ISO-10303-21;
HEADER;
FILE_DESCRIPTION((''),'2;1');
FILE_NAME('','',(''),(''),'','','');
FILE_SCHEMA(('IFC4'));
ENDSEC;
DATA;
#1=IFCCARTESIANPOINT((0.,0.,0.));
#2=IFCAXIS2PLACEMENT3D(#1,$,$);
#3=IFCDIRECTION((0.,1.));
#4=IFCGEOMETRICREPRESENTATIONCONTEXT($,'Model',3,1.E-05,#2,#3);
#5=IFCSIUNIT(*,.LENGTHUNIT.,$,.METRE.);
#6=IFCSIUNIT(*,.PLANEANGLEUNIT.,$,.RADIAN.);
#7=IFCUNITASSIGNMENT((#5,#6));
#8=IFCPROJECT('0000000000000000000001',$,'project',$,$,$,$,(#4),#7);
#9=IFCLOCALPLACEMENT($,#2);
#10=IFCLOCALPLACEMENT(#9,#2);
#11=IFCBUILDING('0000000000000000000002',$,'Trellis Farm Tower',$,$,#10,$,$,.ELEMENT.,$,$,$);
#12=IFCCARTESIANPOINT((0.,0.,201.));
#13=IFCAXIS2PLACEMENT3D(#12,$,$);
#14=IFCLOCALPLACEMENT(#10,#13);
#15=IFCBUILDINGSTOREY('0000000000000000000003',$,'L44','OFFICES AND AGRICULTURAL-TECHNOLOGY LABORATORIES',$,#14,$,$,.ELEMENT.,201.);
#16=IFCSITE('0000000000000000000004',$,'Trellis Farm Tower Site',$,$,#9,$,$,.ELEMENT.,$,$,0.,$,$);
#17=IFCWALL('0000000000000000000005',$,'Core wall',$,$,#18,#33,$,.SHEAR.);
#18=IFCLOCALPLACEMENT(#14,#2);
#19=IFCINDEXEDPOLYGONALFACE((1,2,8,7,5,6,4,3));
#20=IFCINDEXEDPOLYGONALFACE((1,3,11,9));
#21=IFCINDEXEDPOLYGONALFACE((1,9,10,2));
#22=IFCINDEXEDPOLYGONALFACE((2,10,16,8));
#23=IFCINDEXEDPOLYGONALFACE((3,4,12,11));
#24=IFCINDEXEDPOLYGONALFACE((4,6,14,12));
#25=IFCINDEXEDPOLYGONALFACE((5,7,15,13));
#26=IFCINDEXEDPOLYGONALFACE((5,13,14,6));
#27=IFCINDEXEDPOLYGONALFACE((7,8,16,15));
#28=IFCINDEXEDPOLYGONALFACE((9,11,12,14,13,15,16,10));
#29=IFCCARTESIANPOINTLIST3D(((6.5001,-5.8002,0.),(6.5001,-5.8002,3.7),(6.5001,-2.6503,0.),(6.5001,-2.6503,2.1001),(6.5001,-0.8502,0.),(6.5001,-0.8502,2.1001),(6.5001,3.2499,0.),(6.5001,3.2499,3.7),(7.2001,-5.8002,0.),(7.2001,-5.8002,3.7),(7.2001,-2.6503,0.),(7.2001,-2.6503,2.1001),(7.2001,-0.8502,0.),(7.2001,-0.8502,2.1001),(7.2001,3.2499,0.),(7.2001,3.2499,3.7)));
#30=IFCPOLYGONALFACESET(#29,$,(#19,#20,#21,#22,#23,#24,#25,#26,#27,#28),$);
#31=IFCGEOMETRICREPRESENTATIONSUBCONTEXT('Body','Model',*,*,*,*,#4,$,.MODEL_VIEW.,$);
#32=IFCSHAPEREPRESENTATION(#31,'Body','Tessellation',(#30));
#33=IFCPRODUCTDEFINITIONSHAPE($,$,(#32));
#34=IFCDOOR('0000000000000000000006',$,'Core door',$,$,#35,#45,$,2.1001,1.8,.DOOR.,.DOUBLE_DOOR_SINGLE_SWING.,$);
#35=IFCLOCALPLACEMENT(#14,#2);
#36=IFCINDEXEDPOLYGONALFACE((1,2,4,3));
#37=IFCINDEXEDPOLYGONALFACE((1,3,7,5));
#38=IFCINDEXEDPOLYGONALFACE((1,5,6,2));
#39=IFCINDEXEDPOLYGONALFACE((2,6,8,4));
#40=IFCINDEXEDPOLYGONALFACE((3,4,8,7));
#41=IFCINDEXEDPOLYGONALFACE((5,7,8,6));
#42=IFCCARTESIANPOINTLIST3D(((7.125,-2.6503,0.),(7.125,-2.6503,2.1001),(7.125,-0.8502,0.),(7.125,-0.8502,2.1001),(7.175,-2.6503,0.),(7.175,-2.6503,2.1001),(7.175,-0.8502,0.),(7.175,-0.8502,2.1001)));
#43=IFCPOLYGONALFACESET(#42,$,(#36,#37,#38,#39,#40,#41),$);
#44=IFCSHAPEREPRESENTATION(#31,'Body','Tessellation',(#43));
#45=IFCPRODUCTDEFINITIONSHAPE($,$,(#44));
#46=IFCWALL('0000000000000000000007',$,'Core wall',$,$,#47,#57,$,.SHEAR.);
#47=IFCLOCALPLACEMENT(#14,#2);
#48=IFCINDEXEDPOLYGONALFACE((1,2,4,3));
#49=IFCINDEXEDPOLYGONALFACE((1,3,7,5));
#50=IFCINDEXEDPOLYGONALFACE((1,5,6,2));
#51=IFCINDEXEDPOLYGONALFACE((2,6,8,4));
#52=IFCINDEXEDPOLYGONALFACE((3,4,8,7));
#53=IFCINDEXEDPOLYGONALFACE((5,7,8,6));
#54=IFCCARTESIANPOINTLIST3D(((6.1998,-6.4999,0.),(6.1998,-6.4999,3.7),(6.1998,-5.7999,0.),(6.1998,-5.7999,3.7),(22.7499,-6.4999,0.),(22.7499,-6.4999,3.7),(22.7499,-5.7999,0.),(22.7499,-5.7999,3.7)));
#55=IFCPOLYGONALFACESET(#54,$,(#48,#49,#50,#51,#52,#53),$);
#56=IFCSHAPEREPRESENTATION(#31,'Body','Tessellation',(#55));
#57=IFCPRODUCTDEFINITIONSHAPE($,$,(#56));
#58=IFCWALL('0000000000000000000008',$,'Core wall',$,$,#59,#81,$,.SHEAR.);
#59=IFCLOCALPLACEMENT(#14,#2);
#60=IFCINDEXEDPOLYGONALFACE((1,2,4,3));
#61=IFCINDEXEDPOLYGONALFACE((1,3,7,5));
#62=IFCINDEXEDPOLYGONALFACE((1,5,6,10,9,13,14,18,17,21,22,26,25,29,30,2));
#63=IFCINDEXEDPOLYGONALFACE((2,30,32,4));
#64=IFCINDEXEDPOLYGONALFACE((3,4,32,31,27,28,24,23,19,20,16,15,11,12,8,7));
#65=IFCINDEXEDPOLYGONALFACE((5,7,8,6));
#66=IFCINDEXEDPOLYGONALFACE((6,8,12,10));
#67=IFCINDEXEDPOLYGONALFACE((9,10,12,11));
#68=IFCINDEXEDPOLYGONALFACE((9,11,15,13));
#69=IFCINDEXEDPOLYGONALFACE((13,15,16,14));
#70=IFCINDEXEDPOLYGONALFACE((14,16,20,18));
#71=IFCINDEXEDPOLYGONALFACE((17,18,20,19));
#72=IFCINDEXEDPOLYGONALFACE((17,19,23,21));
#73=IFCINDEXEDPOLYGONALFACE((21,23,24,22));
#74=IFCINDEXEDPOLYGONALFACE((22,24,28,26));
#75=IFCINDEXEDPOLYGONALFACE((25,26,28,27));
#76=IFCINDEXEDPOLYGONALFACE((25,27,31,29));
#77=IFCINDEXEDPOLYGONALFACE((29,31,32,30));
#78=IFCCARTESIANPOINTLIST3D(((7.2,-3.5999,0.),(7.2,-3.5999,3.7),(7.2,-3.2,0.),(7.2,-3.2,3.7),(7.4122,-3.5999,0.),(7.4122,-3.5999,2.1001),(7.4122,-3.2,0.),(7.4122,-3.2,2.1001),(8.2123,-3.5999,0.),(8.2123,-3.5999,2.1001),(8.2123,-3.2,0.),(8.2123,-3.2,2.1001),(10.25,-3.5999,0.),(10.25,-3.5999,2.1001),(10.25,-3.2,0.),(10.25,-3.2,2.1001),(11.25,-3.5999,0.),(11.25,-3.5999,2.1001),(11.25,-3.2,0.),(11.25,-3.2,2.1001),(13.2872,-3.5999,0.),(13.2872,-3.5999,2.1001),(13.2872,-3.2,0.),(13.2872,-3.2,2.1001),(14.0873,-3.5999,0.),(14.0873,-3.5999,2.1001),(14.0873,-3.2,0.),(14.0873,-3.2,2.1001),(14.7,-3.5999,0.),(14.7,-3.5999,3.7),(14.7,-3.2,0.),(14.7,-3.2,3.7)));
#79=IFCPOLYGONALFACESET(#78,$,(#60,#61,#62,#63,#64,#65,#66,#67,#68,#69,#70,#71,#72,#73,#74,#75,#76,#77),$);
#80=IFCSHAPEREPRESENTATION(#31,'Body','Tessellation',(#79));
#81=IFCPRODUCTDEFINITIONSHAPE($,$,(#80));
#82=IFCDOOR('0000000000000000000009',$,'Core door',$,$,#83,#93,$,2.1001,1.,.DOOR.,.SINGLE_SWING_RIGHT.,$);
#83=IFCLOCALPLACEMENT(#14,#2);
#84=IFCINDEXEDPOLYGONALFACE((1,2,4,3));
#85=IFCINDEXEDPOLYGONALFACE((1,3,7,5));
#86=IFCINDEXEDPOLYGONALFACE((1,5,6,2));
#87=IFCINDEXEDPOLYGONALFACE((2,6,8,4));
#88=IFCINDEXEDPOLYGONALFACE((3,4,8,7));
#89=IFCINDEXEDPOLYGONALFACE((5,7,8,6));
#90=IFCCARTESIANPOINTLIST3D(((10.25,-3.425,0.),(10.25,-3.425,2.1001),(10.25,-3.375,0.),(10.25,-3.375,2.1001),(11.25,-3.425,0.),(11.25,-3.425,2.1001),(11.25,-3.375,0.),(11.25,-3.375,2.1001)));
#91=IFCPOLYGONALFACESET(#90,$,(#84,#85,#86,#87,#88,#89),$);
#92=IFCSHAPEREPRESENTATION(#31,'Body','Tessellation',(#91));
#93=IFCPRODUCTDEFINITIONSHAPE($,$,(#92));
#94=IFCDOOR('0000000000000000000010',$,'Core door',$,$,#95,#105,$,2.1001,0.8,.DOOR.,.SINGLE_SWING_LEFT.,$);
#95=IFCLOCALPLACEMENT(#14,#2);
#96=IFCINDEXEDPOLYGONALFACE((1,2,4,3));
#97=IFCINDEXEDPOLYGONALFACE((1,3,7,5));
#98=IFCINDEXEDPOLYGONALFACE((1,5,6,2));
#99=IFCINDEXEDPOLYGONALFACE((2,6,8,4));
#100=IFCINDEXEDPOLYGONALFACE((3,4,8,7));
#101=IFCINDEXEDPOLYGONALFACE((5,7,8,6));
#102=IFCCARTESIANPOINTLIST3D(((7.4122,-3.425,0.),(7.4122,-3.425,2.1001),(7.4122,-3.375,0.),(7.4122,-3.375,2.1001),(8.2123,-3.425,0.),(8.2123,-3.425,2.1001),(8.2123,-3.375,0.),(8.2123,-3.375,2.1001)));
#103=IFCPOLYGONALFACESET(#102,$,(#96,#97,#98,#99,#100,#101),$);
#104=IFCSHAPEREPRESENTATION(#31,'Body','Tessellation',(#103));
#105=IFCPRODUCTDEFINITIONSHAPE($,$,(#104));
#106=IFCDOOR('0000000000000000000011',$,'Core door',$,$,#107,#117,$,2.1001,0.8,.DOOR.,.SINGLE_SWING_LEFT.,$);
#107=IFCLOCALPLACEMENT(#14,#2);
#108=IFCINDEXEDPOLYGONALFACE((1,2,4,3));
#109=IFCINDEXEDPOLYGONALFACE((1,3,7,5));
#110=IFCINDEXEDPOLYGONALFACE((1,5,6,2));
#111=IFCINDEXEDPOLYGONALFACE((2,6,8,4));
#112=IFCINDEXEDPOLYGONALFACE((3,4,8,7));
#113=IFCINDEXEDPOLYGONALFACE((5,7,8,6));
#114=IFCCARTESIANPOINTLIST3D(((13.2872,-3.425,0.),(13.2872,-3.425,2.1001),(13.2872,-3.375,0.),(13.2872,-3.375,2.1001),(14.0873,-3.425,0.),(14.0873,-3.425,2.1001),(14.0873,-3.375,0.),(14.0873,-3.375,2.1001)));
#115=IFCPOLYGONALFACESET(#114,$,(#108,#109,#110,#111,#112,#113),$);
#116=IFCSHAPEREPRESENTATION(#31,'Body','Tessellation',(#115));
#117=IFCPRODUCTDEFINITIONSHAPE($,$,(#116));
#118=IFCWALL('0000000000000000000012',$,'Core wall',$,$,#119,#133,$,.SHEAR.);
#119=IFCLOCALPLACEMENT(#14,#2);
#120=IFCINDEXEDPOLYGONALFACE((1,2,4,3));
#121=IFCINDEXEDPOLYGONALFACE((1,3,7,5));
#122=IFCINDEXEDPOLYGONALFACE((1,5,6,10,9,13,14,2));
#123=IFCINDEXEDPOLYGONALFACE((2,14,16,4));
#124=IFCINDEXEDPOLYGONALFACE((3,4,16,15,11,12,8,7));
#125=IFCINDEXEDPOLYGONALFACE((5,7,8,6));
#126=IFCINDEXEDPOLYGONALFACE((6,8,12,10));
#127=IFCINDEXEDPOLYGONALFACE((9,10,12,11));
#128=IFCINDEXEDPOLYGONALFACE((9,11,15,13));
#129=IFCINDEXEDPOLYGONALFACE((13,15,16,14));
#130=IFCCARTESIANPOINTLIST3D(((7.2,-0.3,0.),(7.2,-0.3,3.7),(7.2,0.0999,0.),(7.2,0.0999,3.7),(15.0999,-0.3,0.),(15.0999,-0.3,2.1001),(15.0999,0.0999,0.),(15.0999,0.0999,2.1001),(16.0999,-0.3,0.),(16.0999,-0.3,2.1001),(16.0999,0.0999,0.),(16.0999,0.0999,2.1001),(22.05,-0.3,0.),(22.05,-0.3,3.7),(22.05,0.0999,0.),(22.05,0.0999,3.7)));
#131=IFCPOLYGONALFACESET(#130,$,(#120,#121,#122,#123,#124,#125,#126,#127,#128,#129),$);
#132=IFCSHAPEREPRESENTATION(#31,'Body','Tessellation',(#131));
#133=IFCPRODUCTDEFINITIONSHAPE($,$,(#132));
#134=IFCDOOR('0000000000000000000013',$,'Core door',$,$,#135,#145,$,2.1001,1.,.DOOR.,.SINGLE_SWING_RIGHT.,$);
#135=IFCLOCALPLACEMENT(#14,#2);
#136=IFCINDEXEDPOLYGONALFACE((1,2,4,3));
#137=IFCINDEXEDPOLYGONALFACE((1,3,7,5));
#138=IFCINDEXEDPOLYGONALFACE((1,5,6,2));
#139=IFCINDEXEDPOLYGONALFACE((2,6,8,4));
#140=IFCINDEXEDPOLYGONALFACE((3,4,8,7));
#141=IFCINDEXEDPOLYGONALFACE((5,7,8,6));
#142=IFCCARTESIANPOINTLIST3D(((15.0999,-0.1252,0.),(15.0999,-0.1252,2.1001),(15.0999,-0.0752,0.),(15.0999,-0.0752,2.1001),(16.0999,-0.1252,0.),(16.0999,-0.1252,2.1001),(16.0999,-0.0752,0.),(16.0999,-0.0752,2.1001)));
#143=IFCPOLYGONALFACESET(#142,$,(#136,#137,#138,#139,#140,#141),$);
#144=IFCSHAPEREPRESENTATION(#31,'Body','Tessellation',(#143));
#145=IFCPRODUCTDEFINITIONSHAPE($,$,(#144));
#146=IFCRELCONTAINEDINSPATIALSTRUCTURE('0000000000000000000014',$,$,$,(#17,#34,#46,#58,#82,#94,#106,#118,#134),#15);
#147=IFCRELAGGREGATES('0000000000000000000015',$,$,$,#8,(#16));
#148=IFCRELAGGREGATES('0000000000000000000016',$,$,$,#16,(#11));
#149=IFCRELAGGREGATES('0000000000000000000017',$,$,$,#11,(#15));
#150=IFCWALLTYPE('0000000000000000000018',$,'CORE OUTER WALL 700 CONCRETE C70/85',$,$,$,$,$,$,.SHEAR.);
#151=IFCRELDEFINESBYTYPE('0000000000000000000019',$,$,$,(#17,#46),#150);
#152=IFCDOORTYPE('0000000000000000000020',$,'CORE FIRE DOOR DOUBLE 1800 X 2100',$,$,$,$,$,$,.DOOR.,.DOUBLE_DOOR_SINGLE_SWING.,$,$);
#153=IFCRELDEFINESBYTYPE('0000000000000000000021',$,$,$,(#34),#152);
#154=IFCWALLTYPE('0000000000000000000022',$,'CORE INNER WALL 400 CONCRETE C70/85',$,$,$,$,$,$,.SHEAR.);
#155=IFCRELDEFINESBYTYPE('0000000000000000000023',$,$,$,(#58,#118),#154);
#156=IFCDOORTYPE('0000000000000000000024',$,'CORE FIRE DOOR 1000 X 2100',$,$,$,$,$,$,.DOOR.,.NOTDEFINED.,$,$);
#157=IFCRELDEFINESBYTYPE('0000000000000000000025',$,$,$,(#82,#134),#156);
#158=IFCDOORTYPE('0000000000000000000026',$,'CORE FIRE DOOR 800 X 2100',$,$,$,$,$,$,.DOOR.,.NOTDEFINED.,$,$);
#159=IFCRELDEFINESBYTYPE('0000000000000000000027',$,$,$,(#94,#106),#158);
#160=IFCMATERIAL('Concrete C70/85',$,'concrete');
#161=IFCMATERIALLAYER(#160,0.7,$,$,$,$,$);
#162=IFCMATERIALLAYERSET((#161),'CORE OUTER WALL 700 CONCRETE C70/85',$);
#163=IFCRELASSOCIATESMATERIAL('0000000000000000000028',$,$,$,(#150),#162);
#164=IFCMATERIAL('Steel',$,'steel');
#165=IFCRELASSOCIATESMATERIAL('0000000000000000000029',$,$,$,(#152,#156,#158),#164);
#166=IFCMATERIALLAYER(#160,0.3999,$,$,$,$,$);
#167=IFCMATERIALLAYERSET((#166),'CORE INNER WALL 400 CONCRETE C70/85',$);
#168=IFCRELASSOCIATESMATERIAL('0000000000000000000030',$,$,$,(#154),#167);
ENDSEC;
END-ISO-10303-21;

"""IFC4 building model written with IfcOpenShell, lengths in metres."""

from ifc_helpers import new_model, si_unit, direction, frame, frame_2d, origin, place, context, subcontext, project, spatial, rectangle, extrude, source, transform, mapped, material, layer, layer_set, type_object, element, fill, save


model = new_model("IFC4")

# Units and contexts
model_context = context("Model", 3, precision=1e-05, world=origin(), true_north=direction((0.0, 1.0)))
body_context = subcontext(model_context, "Body", "Model", "MODEL_VIEW")
ifc_project = project(units=[si_unit("LENGTHUNIT", "METRE"), si_unit("PLANEANGLEUNIT", "RADIAN")], contexts=[model_context])

# Site, building, storey
site_placement = place(None, origin())
site = spatial("IfcSite", under=ifc_project, at=site_placement, Name="Trellis Farm Tower Site", CompositionType="ELEMENT", RefElevation=0.0)
building_placement = place(site_placement, origin())
building = spatial("IfcBuilding", under=site, at=building_placement, Name="Trellis Farm Tower", CompositionType="ELEMENT")
storey_placement = place(building_placement, frame((0.0, 0.0, 201.0)))
storey = spatial("IfcBuildingStorey", under=building, at=storey_placement, Name="L44", Description="OFFICES AND AGRICULTURAL-TECHNOLOGY LABORATORIES", CompositionType="ELEMENT", Elevation=201.0)

# Shared definitions
ifc_material_1 = material(Name="Concrete C70/85", Category="concrete")

# Wall, opening, door
ifc_layer_1 = layer(ifc_material_1, 0.7)
ifc_layer_set_1 = layer_set([ifc_layer_1], Name="CORE OUTER WALL 700 CONCRETE C70/85")
wall_type_1 = type_object("IfcWallType", Name="CORE OUTER WALL 700 CONCRETE C70/85", PredefinedType="SHEAR", material=ifc_layer_set_1)
shared_shape_1 = source(origin(), body_context, "Body", "SweptSolid", [
    extrude(rectangle(XDim=9.05, YDim=0.7, at=frame_2d((4.5249, 0.0))), origin(), (0.0, 0.0, 1.0), 3.7),
])
wall_1_placement = place(storey_placement, frame((6.8501, -5.8, 0.0), z_axis=(0.0, 0.0, 1.0), x_axis=(0.0, 1.0, 0.0)))
wall_1 = element("IfcWall", 1, at=wall_1_placement, inside=storey, type_object=wall_type_1, Name="Core wall", PredefinedType="SHEAR", context=body_context, shape_type="MappedRepresentation", body=[
    mapped(shared_shape_1, transform((0.0, 0.0, 0.0))),
])
shared_shape_2 = source(origin(), body_context, "Body", "SweptSolid", [
    extrude(rectangle(XDim=1.8, YDim=2.1001, at=frame_2d((0.8999, 1.05))), frame((0.0, 0.3601, 0.0), z_axis=(0.0, -1.0, 0.0), x_axis=(1.0, 0.0, 0.0)), (0.0, 0.0, 1.0), 0.7202),
])
opening_1_placement = place(wall_1_placement, frame((3.1499, 0.0, 0.0)))
opening_1 = element("IfcOpeningElement", 2, at=opening_1_placement, cuts=wall_1, PredefinedType="OPENING", context=body_context, shape_type="MappedRepresentation", body=[
    mapped(shared_shape_2, transform((0.0, 0.0, 0.0))),
])
ifc_material_2 = material(Name="Steel", Category="steel")
door_type_1 = type_object("IfcDoorType", Name="CORE FIRE DOOR DOUBLE 1800 X 2100", OperationType="DOUBLE_DOOR_SINGLE_SWING", PredefinedType="DOOR", material=ifc_material_2)
shared_shape_3 = source(origin(), body_context, "Body", "SweptSolid", [
    extrude(rectangle(XDim=1.8, YDim=2.1001, at=frame_2d((0.8999, 1.05))), frame((0.0, -0.2749, 0.0), z_axis=(0.0, -1.0, 0.0), x_axis=(1.0, 0.0, 0.0)), (0.0, 0.0, 1.0), 0.05),
])
door_1_placement = place(opening_1_placement, origin())
door_1 = element("IfcDoor", 3, at=door_1_placement, inside=storey, type_object=door_type_1, Name="Core door", OperationType="DOUBLE_DOOR_SINGLE_SWING", OverallHeight=2.1001, OverallWidth=1.8, PredefinedType="DOOR", context=body_context, shape_type="MappedRepresentation", body=[
    mapped(shared_shape_3, transform((0.0, 0.0, 0.0))),
])
fill(opening_1, door_1)

# Wall
shared_shape_4 = source(origin(), body_context, "Body", "SweptSolid", [
    extrude(rectangle(XDim=16.55, YDim=0.7, at=frame_2d((8.2749, 0.0))), origin(), (0.0, 0.0, 1.0), 3.7),
])
wall_2_placement = place(storey_placement, frame((6.2, -6.1499, 0.0), z_axis=(0.0, 0.0, 1.0), x_axis=(1.0, 0.0, 0.0)))
element("IfcWall", 4, at=wall_2_placement, inside=storey, type_object=wall_type_1, Name="Core wall", PredefinedType="SHEAR", context=body_context, shape_type="MappedRepresentation", body=[
    mapped(shared_shape_4, transform((0.0, 0.0, 0.0))),
])

# Wall, openings, doors
ifc_layer_2 = layer(ifc_material_1, 0.3999)
ifc_layer_set_2 = layer_set([ifc_layer_2], Name="CORE INNER WALL 400 CONCRETE C70/85")
wall_type_2 = type_object("IfcWallType", Name="CORE INNER WALL 400 CONCRETE C70/85", PredefinedType="SHEAR", material=ifc_layer_set_2)
shared_shape_5 = source(origin(), body_context, "Body", "SweptSolid", [
    extrude(rectangle(XDim=7.5, YDim=0.3999, at=frame_2d((3.75, 0.0))), origin(), (0.0, 0.0, 1.0), 3.7),
])
wall_3_placement = place(storey_placement, frame((7.2, -3.3999, 0.0), z_axis=(0.0, 0.0, 1.0), x_axis=(1.0, 0.0, 0.0)))
wall_3 = element("IfcWall", 5, at=wall_3_placement, inside=storey, type_object=wall_type_2, Name="Core wall", PredefinedType="SHEAR", context=body_context, shape_type="MappedRepresentation", body=[
    mapped(shared_shape_5, transform((0.0, 0.0, 0.0))),
])
shared_shape_6 = source(origin(), body_context, "Body", "SweptSolid", [
    extrude(rectangle(XDim=0.8, YDim=2.1001, at=frame_2d((0.3999, 1.05))), frame((0.0, 0.21, 0.0), z_axis=(0.0, -1.0, 0.0), x_axis=(1.0, 0.0, 0.0)), (0.0, 0.0, 1.0), 0.4199),
])
opening_2_placement = place(wall_3_placement, frame((0.2124, 0.0, 0.0)))
opening_2 = element("IfcOpeningElement", 6, at=opening_2_placement, cuts=wall_3, PredefinedType="OPENING", context=body_context, shape_type="MappedRepresentation", body=[
    mapped(shared_shape_6, transform((0.0, 0.0, 0.0))),
])
shared_shape_7 = source(origin(), body_context, "Body", "SweptSolid", [
    extrude(rectangle(XDim=1.0, YDim=2.1001, at=frame_2d((0.5, 1.05))), frame((0.0, 0.21, 0.0), z_axis=(0.0, -1.0, 0.0), x_axis=(1.0, 0.0, 0.0)), (0.0, 0.0, 1.0), 0.4199),
])
opening_3_placement = place(wall_3_placement, frame((3.05, 0.0, 0.0)))
opening_3 = element("IfcOpeningElement", 7, at=opening_3_placement, cuts=wall_3, PredefinedType="OPENING", context=body_context, shape_type="MappedRepresentation", body=[
    mapped(shared_shape_7, transform((0.0, 0.0, 0.0))),
])
opening_4_placement = place(wall_3_placement, frame((6.0874, 0.0, 0.0)))
opening_4 = element("IfcOpeningElement", 8, at=opening_4_placement, cuts=wall_3, PredefinedType="OPENING", context=body_context, shape_type="MappedRepresentation", body=[
    mapped(shared_shape_6, transform((0.0, 0.0, 0.0))),
])
door_type_2 = type_object("IfcDoorType", Name="CORE FIRE DOOR 1000 X 2100", OperationType="NOTDEFINED", PredefinedType="DOOR", material=ifc_material_2)
shared_shape_8 = source(origin(), body_context, "Body", "SweptSolid", [
    extrude(rectangle(XDim=1.0, YDim=2.1001, at=frame_2d((0.5, 1.05))), frame((0.0, 0.0249, 0.0), z_axis=(0.0, -1.0, 0.0), x_axis=(1.0, 0.0, 0.0)), (0.0, 0.0, 1.0), 0.05),
])
door_2_placement = place(opening_3_placement, origin())
door_2 = element("IfcDoor", 9, at=door_2_placement, inside=storey, type_object=door_type_2, Name="Core door", OperationType="SINGLE_SWING_RIGHT", OverallHeight=2.1001, OverallWidth=1.0, PredefinedType="DOOR", context=body_context, shape_type="MappedRepresentation", body=[
    mapped(shared_shape_8, transform((0.0, 0.0, 0.0))),
])
fill(opening_3, door_2)
door_type_3 = type_object("IfcDoorType", Name="CORE FIRE DOOR 800 X 2100", OperationType="NOTDEFINED", PredefinedType="DOOR", material=ifc_material_2)
shared_shape_9 = source(origin(), body_context, "Body", "SweptSolid", [
    extrude(rectangle(XDim=0.8, YDim=2.1001, at=frame_2d((0.3999, 1.05))), frame((0.0, 0.0249, 0.0), z_axis=(0.0, -1.0, 0.0), x_axis=(1.0, 0.0, 0.0)), (0.0, 0.0, 1.0), 0.05),
])
door_3_placement = place(opening_2_placement, origin())
door_3 = element("IfcDoor", 10, at=door_3_placement, inside=storey, type_object=door_type_3, Name="Core door", OperationType="SINGLE_SWING_LEFT", OverallHeight=2.1001, OverallWidth=0.8, PredefinedType="DOOR", context=body_context, shape_type="MappedRepresentation", body=[
    mapped(shared_shape_9, transform((0.0, 0.0, 0.0))),
])
fill(opening_2, door_3)
door_4_placement = place(opening_4_placement, origin())
door_4 = element("IfcDoor", 11, at=door_4_placement, inside=storey, type_object=door_type_3, Name="Core door", OperationType="SINGLE_SWING_LEFT", OverallHeight=2.1001, OverallWidth=0.8, PredefinedType="DOOR", context=body_context, shape_type="MappedRepresentation", body=[
    mapped(shared_shape_9, transform((0.0, 0.0, 0.0))),
])
fill(opening_4, door_4)

# Wall, opening, door
shared_shape_10 = source(origin(), body_context, "Body", "SweptSolid", [
    extrude(rectangle(XDim=14.8501, YDim=0.3999, at=frame_2d((7.425, 0.0))), origin(), (0.0, 0.0, 1.0), 3.7),
])
wall_4_placement = place(storey_placement, frame((7.2, -0.1001, 0.0), z_axis=(0.0, 0.0, 1.0), x_axis=(1.0, 0.0, 0.0)))
wall_4 = element("IfcWall", 12, at=wall_4_placement, inside=storey, type_object=wall_type_2, Name="Core wall", PredefinedType="SHEAR", context=body_context, shape_type="MappedRepresentation", body=[
    mapped(shared_shape_10, transform((0.0, 0.0, 0.0))),
])
opening_5_placement = place(wall_4_placement, frame((7.8999, 0.0, 0.0)))
opening_5 = element("IfcOpeningElement", 13, at=opening_5_placement, cuts=wall_4, PredefinedType="OPENING", context=body_context, shape_type="MappedRepresentation", body=[
    mapped(shared_shape_7, transform((0.0, 0.0, 0.0))),
])
door_5_placement = place(opening_5_placement, origin())
door_5 = element("IfcDoor", 14, at=door_5_placement, inside=storey, type_object=door_type_2, Name="Core door", OperationType="SINGLE_SWING_RIGHT", OverallHeight=2.1001, OverallWidth=1.0, PredefinedType="DOOR", context=body_context, shape_type="MappedRepresentation", body=[
    mapped(shared_shape_8, transform((0.0, 0.0, 0.0))),
])
fill(opening_5, door_5)

save(model, "model.ifc")
